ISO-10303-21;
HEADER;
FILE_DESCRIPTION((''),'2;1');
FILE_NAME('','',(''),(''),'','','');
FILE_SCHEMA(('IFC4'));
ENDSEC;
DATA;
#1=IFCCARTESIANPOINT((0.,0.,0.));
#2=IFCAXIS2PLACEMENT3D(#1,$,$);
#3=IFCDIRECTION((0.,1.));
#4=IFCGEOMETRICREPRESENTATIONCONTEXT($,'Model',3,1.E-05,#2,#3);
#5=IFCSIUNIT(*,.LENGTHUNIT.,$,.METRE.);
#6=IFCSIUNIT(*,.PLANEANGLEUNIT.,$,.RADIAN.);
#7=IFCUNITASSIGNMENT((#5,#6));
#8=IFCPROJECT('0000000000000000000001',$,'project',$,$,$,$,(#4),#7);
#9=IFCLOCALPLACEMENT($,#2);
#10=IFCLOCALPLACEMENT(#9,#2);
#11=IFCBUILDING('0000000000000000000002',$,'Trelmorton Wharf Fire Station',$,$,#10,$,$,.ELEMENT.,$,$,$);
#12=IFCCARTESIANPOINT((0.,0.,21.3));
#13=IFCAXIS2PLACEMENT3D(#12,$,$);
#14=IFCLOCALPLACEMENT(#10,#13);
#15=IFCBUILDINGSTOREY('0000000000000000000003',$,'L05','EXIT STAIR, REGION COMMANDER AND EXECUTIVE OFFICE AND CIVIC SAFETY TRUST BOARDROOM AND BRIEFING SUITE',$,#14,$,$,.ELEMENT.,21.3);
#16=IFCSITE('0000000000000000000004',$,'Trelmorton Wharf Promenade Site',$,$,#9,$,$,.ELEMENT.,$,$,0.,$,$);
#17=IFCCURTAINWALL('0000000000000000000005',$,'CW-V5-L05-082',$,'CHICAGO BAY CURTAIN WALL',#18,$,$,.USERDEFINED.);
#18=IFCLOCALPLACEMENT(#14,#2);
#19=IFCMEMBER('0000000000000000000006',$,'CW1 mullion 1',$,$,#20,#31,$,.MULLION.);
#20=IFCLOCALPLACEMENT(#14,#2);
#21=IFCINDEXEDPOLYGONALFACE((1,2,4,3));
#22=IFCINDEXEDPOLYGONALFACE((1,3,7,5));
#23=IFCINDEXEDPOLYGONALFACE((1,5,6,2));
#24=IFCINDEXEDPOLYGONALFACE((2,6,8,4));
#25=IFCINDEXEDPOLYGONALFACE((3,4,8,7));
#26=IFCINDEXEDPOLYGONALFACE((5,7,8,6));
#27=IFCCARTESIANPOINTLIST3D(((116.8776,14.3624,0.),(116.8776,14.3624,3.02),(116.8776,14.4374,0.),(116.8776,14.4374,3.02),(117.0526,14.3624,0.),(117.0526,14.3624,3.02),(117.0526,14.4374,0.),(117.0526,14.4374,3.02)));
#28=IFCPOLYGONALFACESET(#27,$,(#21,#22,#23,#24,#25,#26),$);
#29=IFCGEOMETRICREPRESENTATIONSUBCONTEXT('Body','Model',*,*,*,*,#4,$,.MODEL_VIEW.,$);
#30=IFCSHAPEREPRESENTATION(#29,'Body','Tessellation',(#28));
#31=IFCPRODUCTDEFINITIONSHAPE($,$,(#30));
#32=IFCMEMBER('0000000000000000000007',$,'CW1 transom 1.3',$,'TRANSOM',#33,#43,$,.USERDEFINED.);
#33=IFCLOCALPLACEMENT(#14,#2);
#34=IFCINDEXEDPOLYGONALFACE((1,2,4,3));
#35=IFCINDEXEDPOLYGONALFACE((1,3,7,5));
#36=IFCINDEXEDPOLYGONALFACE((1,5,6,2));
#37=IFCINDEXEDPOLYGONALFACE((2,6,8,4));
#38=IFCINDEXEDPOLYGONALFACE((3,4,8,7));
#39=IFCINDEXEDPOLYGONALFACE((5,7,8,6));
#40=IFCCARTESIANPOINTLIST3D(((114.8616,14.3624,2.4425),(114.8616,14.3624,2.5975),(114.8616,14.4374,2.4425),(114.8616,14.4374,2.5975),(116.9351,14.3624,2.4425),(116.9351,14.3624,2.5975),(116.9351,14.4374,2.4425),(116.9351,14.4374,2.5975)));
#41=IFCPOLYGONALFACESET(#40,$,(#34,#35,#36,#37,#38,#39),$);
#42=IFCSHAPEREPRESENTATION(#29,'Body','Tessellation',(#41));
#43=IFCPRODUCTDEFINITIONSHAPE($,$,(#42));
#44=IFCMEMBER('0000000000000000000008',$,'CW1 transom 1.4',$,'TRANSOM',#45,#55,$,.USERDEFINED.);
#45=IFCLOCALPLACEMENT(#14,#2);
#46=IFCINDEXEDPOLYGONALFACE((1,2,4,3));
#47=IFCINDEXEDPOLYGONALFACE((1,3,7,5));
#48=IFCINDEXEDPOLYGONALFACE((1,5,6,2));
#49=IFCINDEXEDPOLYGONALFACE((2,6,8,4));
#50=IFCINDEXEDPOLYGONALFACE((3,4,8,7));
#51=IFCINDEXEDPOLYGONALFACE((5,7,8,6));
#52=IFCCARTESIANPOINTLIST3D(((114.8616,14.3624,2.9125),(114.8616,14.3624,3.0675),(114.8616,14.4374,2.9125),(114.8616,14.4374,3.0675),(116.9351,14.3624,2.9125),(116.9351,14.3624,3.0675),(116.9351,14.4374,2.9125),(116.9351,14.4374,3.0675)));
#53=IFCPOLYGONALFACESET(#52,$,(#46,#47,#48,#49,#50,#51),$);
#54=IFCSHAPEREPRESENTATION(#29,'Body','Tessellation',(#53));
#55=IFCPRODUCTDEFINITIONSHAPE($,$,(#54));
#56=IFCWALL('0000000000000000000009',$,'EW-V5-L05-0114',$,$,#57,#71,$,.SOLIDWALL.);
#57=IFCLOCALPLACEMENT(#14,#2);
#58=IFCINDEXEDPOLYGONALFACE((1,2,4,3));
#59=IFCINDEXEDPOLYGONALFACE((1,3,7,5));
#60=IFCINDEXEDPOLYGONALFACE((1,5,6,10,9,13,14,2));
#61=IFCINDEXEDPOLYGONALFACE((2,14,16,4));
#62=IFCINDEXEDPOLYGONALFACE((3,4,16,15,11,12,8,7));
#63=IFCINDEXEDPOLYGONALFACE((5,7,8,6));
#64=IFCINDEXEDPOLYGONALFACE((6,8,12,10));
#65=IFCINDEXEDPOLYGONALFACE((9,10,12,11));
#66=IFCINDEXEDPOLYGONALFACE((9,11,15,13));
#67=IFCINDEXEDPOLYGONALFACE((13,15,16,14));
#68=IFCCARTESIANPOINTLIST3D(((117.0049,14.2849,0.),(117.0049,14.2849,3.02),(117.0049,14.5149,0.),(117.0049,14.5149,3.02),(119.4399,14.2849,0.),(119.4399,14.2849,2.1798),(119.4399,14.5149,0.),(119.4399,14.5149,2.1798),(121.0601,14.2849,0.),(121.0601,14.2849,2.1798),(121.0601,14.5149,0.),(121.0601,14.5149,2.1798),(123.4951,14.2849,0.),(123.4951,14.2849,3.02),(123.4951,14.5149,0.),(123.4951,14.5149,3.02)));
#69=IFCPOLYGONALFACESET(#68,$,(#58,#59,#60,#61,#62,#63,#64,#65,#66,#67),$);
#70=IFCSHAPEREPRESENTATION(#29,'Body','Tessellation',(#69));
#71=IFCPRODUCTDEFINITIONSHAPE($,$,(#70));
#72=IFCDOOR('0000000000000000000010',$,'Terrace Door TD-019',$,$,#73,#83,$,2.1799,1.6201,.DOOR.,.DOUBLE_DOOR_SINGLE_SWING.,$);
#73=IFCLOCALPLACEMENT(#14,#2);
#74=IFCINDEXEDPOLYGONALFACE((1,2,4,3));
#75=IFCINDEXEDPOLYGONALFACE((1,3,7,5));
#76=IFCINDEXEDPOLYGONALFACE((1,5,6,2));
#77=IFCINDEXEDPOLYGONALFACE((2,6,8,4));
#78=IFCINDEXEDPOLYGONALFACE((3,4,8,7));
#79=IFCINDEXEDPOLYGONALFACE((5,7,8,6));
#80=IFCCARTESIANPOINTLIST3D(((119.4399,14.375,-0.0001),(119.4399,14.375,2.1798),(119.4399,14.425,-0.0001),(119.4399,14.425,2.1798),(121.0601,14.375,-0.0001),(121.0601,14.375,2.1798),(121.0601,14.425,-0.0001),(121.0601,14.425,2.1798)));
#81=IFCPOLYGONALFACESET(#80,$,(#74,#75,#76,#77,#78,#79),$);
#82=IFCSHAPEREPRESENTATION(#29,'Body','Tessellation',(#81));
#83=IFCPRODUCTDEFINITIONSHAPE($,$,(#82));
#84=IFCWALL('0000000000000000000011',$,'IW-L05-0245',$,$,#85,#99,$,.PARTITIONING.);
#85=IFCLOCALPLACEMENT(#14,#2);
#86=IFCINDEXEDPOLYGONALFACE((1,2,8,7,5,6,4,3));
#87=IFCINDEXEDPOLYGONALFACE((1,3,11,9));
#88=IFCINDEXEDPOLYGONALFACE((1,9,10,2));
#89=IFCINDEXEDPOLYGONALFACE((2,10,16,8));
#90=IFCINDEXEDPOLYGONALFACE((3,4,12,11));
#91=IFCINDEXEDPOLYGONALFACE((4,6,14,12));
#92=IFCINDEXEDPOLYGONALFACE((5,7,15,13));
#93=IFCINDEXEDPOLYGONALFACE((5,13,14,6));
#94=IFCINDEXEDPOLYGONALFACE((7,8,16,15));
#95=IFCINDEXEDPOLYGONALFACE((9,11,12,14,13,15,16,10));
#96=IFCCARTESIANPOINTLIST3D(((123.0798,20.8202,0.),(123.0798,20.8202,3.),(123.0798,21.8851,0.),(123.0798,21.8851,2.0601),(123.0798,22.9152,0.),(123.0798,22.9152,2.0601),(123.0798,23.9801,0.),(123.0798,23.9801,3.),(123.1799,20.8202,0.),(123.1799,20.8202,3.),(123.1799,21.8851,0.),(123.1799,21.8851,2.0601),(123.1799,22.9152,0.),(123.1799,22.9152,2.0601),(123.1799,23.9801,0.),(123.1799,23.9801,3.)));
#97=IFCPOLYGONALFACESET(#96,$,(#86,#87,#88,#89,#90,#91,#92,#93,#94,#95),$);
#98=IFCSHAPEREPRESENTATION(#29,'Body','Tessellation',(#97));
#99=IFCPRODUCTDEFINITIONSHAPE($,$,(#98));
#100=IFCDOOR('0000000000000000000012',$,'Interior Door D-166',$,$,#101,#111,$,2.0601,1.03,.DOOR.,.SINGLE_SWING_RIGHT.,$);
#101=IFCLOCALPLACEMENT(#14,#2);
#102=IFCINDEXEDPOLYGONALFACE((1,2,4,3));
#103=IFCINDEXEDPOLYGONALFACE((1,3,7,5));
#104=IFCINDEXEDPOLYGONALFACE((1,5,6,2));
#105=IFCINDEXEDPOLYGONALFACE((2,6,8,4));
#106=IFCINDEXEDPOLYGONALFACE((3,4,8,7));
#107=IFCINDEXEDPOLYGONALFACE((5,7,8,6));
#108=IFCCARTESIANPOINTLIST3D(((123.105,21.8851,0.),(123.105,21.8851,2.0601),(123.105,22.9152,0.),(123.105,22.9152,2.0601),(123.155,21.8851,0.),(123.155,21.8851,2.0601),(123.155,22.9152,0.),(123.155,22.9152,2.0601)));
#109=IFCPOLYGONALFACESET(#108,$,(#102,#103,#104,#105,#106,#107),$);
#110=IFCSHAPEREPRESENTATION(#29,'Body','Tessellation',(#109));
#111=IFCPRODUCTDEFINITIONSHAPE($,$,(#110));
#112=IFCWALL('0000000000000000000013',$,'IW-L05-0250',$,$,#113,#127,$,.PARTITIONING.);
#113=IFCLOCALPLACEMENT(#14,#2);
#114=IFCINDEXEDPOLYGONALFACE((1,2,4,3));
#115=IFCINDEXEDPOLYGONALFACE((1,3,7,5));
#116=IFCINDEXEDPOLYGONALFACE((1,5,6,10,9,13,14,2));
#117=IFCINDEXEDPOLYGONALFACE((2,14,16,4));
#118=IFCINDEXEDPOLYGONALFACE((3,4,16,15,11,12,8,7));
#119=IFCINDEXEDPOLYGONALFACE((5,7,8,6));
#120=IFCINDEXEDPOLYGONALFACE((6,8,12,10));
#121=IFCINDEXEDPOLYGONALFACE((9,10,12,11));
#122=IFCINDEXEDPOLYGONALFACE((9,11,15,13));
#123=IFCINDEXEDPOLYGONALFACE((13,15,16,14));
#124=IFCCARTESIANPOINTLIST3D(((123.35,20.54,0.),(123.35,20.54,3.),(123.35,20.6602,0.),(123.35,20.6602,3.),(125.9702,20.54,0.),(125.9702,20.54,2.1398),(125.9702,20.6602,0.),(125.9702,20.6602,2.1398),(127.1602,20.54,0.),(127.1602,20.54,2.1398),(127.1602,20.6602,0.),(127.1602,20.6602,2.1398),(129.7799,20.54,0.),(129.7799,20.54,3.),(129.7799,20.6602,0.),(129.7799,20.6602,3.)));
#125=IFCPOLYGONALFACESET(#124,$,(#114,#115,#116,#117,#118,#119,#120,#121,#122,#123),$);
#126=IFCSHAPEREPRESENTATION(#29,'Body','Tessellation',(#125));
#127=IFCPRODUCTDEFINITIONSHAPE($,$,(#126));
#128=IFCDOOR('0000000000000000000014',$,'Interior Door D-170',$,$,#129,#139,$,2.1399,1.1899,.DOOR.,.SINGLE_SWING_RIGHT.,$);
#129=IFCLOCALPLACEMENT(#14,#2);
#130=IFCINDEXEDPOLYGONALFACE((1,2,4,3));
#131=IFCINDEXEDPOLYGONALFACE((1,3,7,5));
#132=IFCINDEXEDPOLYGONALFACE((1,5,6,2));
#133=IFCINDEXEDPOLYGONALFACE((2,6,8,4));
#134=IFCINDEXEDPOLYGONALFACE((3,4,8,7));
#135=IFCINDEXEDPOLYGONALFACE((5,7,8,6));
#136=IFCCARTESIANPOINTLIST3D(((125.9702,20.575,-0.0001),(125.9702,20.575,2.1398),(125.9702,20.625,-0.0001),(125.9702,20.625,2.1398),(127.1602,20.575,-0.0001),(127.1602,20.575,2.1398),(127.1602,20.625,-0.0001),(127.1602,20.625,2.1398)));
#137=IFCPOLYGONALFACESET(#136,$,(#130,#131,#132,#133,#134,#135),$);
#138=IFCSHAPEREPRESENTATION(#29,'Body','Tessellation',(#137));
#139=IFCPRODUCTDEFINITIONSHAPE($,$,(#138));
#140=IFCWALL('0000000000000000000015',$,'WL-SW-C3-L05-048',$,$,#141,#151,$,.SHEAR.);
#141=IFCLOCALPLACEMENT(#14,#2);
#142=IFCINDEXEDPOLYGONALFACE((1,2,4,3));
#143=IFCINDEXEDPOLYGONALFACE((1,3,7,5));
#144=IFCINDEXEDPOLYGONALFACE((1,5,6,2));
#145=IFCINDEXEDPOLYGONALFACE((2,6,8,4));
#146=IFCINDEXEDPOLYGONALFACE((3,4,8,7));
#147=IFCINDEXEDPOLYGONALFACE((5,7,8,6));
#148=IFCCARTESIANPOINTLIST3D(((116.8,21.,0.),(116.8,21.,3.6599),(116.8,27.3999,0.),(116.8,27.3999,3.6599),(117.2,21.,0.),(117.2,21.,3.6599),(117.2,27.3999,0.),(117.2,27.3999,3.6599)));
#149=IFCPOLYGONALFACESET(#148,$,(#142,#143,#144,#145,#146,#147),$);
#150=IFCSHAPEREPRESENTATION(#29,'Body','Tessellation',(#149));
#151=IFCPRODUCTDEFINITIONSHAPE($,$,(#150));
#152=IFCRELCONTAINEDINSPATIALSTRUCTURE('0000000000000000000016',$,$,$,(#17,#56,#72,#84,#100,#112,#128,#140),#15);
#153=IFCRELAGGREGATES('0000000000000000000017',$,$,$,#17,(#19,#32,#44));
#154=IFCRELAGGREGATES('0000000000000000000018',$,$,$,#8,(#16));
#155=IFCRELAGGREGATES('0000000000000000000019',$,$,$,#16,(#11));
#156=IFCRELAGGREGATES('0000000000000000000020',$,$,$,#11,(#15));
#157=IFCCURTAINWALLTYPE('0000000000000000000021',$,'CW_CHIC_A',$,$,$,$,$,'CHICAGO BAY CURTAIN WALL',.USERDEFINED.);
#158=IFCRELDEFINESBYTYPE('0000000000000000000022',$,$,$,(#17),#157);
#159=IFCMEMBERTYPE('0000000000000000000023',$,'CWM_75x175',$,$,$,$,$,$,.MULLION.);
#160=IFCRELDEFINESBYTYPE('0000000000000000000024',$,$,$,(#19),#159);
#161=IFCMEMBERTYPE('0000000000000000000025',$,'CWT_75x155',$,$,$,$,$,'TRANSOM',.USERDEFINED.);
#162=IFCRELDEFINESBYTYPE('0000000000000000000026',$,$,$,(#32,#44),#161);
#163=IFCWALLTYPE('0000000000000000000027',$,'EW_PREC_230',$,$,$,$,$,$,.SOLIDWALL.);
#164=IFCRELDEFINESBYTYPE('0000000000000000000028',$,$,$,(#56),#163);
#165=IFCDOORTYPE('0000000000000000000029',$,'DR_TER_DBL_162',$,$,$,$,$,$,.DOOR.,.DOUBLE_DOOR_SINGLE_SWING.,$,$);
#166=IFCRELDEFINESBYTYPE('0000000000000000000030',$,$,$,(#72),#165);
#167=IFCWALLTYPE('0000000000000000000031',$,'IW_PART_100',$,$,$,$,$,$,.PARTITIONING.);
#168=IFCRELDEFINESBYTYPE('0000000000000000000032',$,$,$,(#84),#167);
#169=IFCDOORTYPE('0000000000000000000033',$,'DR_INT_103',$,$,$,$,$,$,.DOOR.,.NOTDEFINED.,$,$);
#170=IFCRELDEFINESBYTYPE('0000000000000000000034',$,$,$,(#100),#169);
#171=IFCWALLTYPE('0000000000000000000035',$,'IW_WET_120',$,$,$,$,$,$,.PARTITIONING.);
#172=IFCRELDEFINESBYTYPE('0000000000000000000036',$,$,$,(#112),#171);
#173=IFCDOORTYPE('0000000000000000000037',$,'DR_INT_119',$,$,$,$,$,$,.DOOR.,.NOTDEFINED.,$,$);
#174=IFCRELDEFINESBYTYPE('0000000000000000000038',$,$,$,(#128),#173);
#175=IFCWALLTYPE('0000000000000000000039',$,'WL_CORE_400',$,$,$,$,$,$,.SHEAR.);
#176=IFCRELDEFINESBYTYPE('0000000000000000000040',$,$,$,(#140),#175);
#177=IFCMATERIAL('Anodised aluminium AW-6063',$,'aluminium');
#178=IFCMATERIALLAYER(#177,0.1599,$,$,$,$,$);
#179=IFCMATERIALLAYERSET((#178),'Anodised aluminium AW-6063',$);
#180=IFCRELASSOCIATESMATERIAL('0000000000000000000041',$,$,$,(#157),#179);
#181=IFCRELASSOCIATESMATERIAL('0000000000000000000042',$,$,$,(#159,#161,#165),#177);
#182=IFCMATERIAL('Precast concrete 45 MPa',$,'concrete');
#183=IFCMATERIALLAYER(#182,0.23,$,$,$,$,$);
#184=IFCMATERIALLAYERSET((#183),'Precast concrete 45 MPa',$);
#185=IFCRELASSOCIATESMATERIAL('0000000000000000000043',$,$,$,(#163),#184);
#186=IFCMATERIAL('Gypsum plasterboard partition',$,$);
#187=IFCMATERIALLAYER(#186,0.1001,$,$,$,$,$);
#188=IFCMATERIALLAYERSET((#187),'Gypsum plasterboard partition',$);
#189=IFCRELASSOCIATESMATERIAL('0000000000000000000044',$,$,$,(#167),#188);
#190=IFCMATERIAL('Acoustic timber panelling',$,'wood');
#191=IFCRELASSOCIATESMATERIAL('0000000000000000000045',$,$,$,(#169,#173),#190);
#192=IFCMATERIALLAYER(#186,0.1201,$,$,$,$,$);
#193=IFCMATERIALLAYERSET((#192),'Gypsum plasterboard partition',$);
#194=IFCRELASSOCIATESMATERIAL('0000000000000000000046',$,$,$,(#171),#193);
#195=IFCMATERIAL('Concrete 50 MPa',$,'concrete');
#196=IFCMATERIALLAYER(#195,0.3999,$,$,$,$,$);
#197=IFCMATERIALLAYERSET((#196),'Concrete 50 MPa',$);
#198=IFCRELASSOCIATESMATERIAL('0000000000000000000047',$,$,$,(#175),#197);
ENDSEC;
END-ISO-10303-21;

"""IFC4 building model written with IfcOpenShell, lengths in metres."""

from ifc_helpers import new_model, si_unit, direction, frame, frame_2d, origin, origin_2d, place, context, subcontext, project, spatial, rectangle, extrude, material, layer, layer_set, material_profile, profile_set, type_object, element, fill, aggregate, save


model = new_model("IFC4")

# Units and contexts
model_context = context("Model", 3, precision=1e-05, world=origin(), true_north=direction((0.0, 1.0)))
body_context = subcontext(model_context, "Body", "Model", "MODEL_VIEW")
ifc_project = project(units=[si_unit("LENGTHUNIT", "METRE"), si_unit("PLANEANGLEUNIT", "RADIAN")], contexts=[model_context])

# Site, building, storey
site_placement = place(None, origin())
site = spatial("IfcSite", under=ifc_project, at=site_placement, Name="Trelmorton Wharf Promenade Site", CompositionType="ELEMENT", RefElevation=0.0)
building_placement = place(site_placement, origin())
building = spatial("IfcBuilding", under=site, at=building_placement, Name="Trelmorton Wharf Fire Station", CompositionType="ELEMENT")
storey_placement = place(building_placement, frame((0.0, 0.0, 21.3)))
storey = spatial("IfcBuildingStorey", under=building, at=storey_placement, Name="L05", Description="EXIT STAIR, REGION COMMANDER AND EXECUTIVE OFFICE AND CIVIC SAFETY TRUST BOARDROOM AND BRIEFING SUITE", CompositionType="ELEMENT", Elevation=21.3)

# Curtain wall, members
ifc_material_1 = material(Name="Anodised aluminium AW-6063", Category="aluminium")
ifc_layer_1 = layer(ifc_material_1, 0.1599)
ifc_layer_set_1 = layer_set([ifc_layer_1], Name="Anodised aluminium AW-6063")
curtain_wall_type = type_object("IfcCurtainWallType", Name="CW_CHIC_A", ElementType="CHICAGO BAY CURTAIN WALL", PredefinedType="USERDEFINED", material=ifc_layer_set_1)
curtain_wall_placement = place(storey_placement, origin())
curtain_wall = element("IfcCurtainWall", 1, at=curtain_wall_placement, inside=storey, type_object=curtain_wall_type, Name="CW-V5-L05-082", ObjectType="CHICAGO BAY CURTAIN WALL", PredefinedType="USERDEFINED")
ifc_material_profile_1 = material_profile(ifc_material_1, rectangle(XDim=0.075, YDim=0.175, at=origin_2d()), Name="ALU-75x175")
ifc_profile_set_1 = profile_set([ifc_material_profile_1], Name="Anodised aluminium AW-6063")
member_type_1 = type_object("IfcMemberType", Name="CWM_75x175", PredefinedType="MULLION", material=ifc_profile_set_1)
member_1_placement = place(storey_placement, frame((116.9651, 14.3999, 0.0), z_axis=(0.0, 0.0, 1.0), x_axis=(0.0, -1.0, 0.0)))
member_1 = element("IfcMember", 2, at=member_1_placement, type_object=member_type_1, Name="CW1 mullion 1", PredefinedType="MULLION", context=body_context, shape_type="SweptSolid", body=[
    extrude(rectangle(XDim=0.075, YDim=0.175, at=origin_2d()), origin(), (0.0, 0.0, 1.0), 3.02),
])
ifc_material_profile_2 = material_profile(ifc_material_1, rectangle(XDim=0.075, YDim=0.155, at=origin_2d()), Name="ALU-75x155")
ifc_profile_set_2 = profile_set([ifc_material_profile_2], Name="Anodised aluminium AW-6063")
member_type_2 = type_object("IfcMemberType", Name="CWT_75x155", ElementType="TRANSOM", PredefinedType="USERDEFINED", material=ifc_profile_set_2)
member_2_placement = place(storey_placement, frame((116.9351, 14.3999, 2.52), z_axis=(-1.0, 0.0, 0.0), x_axis=(0.0, -1.0, 0.0)))
member_2 = element("IfcMember", 3, at=member_2_placement, type_object=member_type_2, Name="CW1 transom 1.3", ObjectType="TRANSOM", PredefinedType="USERDEFINED", context=body_context, shape_type="SweptSolid", body=[
    extrude(rectangle(XDim=0.075, YDim=0.155, at=origin_2d()), origin(), (0.0, 0.0, 1.0), 2.0735),
])
member_3_placement = place(storey_placement, frame((116.9351, 14.3999, 2.99), z_axis=(-1.0, 0.0, 0.0), x_axis=(0.0, -1.0, 0.0)))
member_3 = element("IfcMember", 4, at=member_3_placement, type_object=member_type_2, Name="CW1 transom 1.4", ObjectType="TRANSOM", PredefinedType="USERDEFINED", context=body_context, shape_type="SweptSolid", body=[
    extrude(rectangle(XDim=0.075, YDim=0.155, at=origin_2d()), origin(), (0.0, 0.0, 1.0), 2.0735),
])
aggregate(curtain_wall, [member_1, member_2, member_3])

# Walls, openings, doors
ifc_material_2 = material(Name="Precast concrete 45 MPa", Category="concrete")
ifc_layer_2 = layer(ifc_material_2, 0.23)
ifc_layer_set_2 = layer_set([ifc_layer_2], Name="Precast concrete 45 MPa")
wall_type_1 = type_object("IfcWallType", Name="EW_PREC_230", PredefinedType="SOLIDWALL", material=ifc_layer_set_2)
wall_1_placement = place(storey_placement, frame((123.4951, 14.3999, 0.0), z_axis=(0.0, 0.0, 1.0), x_axis=(-1.0, 0.0, 0.0)))
wall_1 = element("IfcWall", 5, at=wall_1_placement, inside=storey, type_object=wall_type_1, Name="EW-V5-L05-0114", PredefinedType="SOLIDWALL", context=body_context, shape_type="SweptSolid", body=[
    extrude(rectangle(XDim=6.4902, YDim=0.23, at=frame_2d((3.2451, 0.0))), origin(), (0.0, 0.0, 1.0), 3.02),
])
opening_1_placement = place(wall_1_placement, frame((2.4351, 0.0, 0.0)))
opening_1 = element("IfcOpeningElement", 6, at=opening_1_placement, cuts=wall_1, PredefinedType="OPENING", context=body_context, shape_type="SweptSolid", body=[
    extrude(rectangle(XDim=1.6201, YDim=2.1799, at=frame_2d((0.8101, 1.0898))), frame((0.0, 0.125, 0.0), z_axis=(0.0, -1.0, 0.0), x_axis=(1.0, 0.0, 0.0)), (0.0, 0.0, 1.0), 0.25),
])
door_type_1 = type_object("IfcDoorType", Name="DR_TER_DBL_162", OperationType="DOUBLE_DOOR_SINGLE_SWING", PredefinedType="DOOR", material=ifc_material_1)
door_1_placement = place(opening_1_placement, origin())
door_1 = element("IfcDoor", 7, at=door_1_placement, inside=storey, type_object=door_type_1, Name="Terrace Door TD-019", OperationType="DOUBLE_DOOR_SINGLE_SWING", OverallHeight=2.1799, OverallWidth=1.6201, PredefinedType="DOOR", context=body_context, shape_type="SweptSolid", body=[
    extrude(rectangle(XDim=1.6201, YDim=2.1799, at=frame_2d((0.8101, 1.0898))), frame((0.0, 0.0249, 0.0), z_axis=(0.0, -1.0, 0.0), x_axis=(1.0, 0.0, 0.0)), (0.0, 0.0, 1.0), 0.05),
])
fill(opening_1, door_1)
ifc_material_3 = material(Name="Gypsum plasterboard partition")
ifc_layer_3 = layer(ifc_material_3, 0.1001)
ifc_layer_set_3 = layer_set([ifc_layer_3], Name="Gypsum plasterboard partition")
wall_type_2 = type_object("IfcWallType", Name="IW_PART_100", PredefinedType="PARTITIONING", material=ifc_layer_set_3)
wall_2_placement = place(storey_placement, frame((123.1299, 20.8201, 0.0), z_axis=(0.0, 0.0, 1.0), x_axis=(0.0, 1.0, 0.0)))
wall_2 = element("IfcWall", 8, at=wall_2_placement, inside=storey, type_object=wall_type_2, Name="IW-L05-0245", PredefinedType="PARTITIONING", context=body_context, shape_type="SweptSolid", body=[
    extrude(rectangle(XDim=3.1599, YDim=0.1001, at=frame_2d((1.5801, 0.0))), origin(), (0.0, 0.0, 1.0), 3.0),
])
opening_2_placement = place(wall_2_placement, frame((1.0649, 0.0, 0.0)))
opening_2 = element("IfcOpeningElement", 9, at=opening_2_placement, cuts=wall_2, PredefinedType="OPENING", context=body_context, shape_type="SweptSolid", body=[
    extrude(rectangle(XDim=1.03, YDim=2.0601, at=frame_2d((0.5151, 1.03))), frame((0.0, 0.0601, 0.0), z_axis=(0.0, -1.0, 0.0), x_axis=(1.0, 0.0, 0.0)), (0.0, 0.0, 1.0), 0.1201),
])
ifc_material_4 = material(Name="Acoustic timber panelling", Category="wood")
door_type_2 = type_object("IfcDoorType", Name="DR_INT_103", OperationType="NOTDEFINED", PredefinedType="DOOR", material=ifc_material_4)
door_2_placement = place(opening_2_placement, origin())
door_2 = element("IfcDoor", 10, at=door_2_placement, inside=storey, type_object=door_type_2, Name="Interior Door D-166", OperationType="SINGLE_SWING_RIGHT", OverallHeight=2.0601, OverallWidth=1.03, PredefinedType="DOOR", context=body_context, shape_type="SweptSolid", body=[
    extrude(rectangle(XDim=1.03, YDim=2.0601, at=frame_2d((0.5151, 1.03))), frame((0.0, 0.0249, 0.0), z_axis=(0.0, -1.0, 0.0), x_axis=(1.0, 0.0, 0.0)), (0.0, 0.0, 1.0), 0.05),
])
fill(opening_2, door_2)
ifc_layer_4 = layer(ifc_material_3, 0.1201)
ifc_layer_set_4 = layer_set([ifc_layer_4], Name="Gypsum plasterboard partition")
wall_type_3 = type_object("IfcWallType", Name="IW_WET_120", PredefinedType="PARTITIONING", material=ifc_layer_set_4)
wall_3_placement = place(storey_placement, frame((123.3501, 20.6001, 0.0), z_axis=(0.0, 0.0, 1.0), x_axis=(1.0, 0.0, 0.0)))
wall_3 = element("IfcWall", 11, at=wall_3_placement, inside=storey, type_object=wall_type_3, Name="IW-L05-0250", PredefinedType="PARTITIONING", context=body_context, shape_type="SweptSolid", body=[
    extrude(rectangle(XDim=6.4299, YDim=0.1201, at=frame_2d((3.2148, 0.0))), origin(), (0.0, 0.0, 1.0), 3.0),
])
opening_3_placement = place(wall_3_placement, frame((2.6201, 0.0, 0.0)))
opening_3 = element("IfcOpeningElement", 12, at=opening_3_placement, cuts=wall_3, PredefinedType="OPENING", context=body_context, shape_type="SweptSolid", body=[
    extrude(rectangle(XDim=1.1899, YDim=2.1399, at=frame_2d((0.595, 1.0698))), frame((0.0, 0.0701, 0.0), z_axis=(0.0, -1.0, 0.0), x_axis=(1.0, 0.0, 0.0)), (0.0, 0.0, 1.0), 0.1401),
])
door_type_3 = type_object("IfcDoorType", Name="DR_INT_119", OperationType="NOTDEFINED", PredefinedType="DOOR", material=ifc_material_4)
door_3_placement = place(opening_3_placement, origin())
door_3 = element("IfcDoor", 13, at=door_3_placement, inside=storey, type_object=door_type_3, Name="Interior Door D-170", OperationType="SINGLE_SWING_RIGHT", OverallHeight=2.1399, OverallWidth=1.1899, PredefinedType="DOOR", context=body_context, shape_type="SweptSolid", body=[
    extrude(rectangle(XDim=1.1899, YDim=2.1399, at=frame_2d((0.595, 1.0698))), frame((0.0, 0.0249, 0.0), z_axis=(0.0, -1.0, 0.0), x_axis=(1.0, 0.0, 0.0)), (0.0, 0.0, 1.0), 0.05),
])
fill(opening_3, door_3)

# Wall
ifc_material_5 = material(Name="Concrete 50 MPa", Category="concrete")
ifc_layer_5 = layer(ifc_material_5, 0.3999)
ifc_layer_set_5 = layer_set([ifc_layer_5], Name="Concrete 50 MPa")
wall_type_4 = type_object("IfcWallType", Name="WL_CORE_400", PredefinedType="SHEAR", material=ifc_layer_set_5)
wall_4_placement = place(storey_placement, frame((117.0, 21.0, 0.0), z_axis=(0.0, 0.0, 1.0), x_axis=(0.0, 1.0, 0.0)))
element("IfcWall", 14, at=wall_4_placement, inside=storey, type_object=wall_type_4, Name="WL-SW-C3-L05-048", PredefinedType="SHEAR", context=body_context, shape_type="SweptSolid", body=[
    extrude(rectangle(XDim=6.3999, YDim=0.3999, at=frame_2d((3.2, 0.0))), origin(), (0.0, 0.0, 1.0), 3.6599),
])

save(model, "model.ifc")
